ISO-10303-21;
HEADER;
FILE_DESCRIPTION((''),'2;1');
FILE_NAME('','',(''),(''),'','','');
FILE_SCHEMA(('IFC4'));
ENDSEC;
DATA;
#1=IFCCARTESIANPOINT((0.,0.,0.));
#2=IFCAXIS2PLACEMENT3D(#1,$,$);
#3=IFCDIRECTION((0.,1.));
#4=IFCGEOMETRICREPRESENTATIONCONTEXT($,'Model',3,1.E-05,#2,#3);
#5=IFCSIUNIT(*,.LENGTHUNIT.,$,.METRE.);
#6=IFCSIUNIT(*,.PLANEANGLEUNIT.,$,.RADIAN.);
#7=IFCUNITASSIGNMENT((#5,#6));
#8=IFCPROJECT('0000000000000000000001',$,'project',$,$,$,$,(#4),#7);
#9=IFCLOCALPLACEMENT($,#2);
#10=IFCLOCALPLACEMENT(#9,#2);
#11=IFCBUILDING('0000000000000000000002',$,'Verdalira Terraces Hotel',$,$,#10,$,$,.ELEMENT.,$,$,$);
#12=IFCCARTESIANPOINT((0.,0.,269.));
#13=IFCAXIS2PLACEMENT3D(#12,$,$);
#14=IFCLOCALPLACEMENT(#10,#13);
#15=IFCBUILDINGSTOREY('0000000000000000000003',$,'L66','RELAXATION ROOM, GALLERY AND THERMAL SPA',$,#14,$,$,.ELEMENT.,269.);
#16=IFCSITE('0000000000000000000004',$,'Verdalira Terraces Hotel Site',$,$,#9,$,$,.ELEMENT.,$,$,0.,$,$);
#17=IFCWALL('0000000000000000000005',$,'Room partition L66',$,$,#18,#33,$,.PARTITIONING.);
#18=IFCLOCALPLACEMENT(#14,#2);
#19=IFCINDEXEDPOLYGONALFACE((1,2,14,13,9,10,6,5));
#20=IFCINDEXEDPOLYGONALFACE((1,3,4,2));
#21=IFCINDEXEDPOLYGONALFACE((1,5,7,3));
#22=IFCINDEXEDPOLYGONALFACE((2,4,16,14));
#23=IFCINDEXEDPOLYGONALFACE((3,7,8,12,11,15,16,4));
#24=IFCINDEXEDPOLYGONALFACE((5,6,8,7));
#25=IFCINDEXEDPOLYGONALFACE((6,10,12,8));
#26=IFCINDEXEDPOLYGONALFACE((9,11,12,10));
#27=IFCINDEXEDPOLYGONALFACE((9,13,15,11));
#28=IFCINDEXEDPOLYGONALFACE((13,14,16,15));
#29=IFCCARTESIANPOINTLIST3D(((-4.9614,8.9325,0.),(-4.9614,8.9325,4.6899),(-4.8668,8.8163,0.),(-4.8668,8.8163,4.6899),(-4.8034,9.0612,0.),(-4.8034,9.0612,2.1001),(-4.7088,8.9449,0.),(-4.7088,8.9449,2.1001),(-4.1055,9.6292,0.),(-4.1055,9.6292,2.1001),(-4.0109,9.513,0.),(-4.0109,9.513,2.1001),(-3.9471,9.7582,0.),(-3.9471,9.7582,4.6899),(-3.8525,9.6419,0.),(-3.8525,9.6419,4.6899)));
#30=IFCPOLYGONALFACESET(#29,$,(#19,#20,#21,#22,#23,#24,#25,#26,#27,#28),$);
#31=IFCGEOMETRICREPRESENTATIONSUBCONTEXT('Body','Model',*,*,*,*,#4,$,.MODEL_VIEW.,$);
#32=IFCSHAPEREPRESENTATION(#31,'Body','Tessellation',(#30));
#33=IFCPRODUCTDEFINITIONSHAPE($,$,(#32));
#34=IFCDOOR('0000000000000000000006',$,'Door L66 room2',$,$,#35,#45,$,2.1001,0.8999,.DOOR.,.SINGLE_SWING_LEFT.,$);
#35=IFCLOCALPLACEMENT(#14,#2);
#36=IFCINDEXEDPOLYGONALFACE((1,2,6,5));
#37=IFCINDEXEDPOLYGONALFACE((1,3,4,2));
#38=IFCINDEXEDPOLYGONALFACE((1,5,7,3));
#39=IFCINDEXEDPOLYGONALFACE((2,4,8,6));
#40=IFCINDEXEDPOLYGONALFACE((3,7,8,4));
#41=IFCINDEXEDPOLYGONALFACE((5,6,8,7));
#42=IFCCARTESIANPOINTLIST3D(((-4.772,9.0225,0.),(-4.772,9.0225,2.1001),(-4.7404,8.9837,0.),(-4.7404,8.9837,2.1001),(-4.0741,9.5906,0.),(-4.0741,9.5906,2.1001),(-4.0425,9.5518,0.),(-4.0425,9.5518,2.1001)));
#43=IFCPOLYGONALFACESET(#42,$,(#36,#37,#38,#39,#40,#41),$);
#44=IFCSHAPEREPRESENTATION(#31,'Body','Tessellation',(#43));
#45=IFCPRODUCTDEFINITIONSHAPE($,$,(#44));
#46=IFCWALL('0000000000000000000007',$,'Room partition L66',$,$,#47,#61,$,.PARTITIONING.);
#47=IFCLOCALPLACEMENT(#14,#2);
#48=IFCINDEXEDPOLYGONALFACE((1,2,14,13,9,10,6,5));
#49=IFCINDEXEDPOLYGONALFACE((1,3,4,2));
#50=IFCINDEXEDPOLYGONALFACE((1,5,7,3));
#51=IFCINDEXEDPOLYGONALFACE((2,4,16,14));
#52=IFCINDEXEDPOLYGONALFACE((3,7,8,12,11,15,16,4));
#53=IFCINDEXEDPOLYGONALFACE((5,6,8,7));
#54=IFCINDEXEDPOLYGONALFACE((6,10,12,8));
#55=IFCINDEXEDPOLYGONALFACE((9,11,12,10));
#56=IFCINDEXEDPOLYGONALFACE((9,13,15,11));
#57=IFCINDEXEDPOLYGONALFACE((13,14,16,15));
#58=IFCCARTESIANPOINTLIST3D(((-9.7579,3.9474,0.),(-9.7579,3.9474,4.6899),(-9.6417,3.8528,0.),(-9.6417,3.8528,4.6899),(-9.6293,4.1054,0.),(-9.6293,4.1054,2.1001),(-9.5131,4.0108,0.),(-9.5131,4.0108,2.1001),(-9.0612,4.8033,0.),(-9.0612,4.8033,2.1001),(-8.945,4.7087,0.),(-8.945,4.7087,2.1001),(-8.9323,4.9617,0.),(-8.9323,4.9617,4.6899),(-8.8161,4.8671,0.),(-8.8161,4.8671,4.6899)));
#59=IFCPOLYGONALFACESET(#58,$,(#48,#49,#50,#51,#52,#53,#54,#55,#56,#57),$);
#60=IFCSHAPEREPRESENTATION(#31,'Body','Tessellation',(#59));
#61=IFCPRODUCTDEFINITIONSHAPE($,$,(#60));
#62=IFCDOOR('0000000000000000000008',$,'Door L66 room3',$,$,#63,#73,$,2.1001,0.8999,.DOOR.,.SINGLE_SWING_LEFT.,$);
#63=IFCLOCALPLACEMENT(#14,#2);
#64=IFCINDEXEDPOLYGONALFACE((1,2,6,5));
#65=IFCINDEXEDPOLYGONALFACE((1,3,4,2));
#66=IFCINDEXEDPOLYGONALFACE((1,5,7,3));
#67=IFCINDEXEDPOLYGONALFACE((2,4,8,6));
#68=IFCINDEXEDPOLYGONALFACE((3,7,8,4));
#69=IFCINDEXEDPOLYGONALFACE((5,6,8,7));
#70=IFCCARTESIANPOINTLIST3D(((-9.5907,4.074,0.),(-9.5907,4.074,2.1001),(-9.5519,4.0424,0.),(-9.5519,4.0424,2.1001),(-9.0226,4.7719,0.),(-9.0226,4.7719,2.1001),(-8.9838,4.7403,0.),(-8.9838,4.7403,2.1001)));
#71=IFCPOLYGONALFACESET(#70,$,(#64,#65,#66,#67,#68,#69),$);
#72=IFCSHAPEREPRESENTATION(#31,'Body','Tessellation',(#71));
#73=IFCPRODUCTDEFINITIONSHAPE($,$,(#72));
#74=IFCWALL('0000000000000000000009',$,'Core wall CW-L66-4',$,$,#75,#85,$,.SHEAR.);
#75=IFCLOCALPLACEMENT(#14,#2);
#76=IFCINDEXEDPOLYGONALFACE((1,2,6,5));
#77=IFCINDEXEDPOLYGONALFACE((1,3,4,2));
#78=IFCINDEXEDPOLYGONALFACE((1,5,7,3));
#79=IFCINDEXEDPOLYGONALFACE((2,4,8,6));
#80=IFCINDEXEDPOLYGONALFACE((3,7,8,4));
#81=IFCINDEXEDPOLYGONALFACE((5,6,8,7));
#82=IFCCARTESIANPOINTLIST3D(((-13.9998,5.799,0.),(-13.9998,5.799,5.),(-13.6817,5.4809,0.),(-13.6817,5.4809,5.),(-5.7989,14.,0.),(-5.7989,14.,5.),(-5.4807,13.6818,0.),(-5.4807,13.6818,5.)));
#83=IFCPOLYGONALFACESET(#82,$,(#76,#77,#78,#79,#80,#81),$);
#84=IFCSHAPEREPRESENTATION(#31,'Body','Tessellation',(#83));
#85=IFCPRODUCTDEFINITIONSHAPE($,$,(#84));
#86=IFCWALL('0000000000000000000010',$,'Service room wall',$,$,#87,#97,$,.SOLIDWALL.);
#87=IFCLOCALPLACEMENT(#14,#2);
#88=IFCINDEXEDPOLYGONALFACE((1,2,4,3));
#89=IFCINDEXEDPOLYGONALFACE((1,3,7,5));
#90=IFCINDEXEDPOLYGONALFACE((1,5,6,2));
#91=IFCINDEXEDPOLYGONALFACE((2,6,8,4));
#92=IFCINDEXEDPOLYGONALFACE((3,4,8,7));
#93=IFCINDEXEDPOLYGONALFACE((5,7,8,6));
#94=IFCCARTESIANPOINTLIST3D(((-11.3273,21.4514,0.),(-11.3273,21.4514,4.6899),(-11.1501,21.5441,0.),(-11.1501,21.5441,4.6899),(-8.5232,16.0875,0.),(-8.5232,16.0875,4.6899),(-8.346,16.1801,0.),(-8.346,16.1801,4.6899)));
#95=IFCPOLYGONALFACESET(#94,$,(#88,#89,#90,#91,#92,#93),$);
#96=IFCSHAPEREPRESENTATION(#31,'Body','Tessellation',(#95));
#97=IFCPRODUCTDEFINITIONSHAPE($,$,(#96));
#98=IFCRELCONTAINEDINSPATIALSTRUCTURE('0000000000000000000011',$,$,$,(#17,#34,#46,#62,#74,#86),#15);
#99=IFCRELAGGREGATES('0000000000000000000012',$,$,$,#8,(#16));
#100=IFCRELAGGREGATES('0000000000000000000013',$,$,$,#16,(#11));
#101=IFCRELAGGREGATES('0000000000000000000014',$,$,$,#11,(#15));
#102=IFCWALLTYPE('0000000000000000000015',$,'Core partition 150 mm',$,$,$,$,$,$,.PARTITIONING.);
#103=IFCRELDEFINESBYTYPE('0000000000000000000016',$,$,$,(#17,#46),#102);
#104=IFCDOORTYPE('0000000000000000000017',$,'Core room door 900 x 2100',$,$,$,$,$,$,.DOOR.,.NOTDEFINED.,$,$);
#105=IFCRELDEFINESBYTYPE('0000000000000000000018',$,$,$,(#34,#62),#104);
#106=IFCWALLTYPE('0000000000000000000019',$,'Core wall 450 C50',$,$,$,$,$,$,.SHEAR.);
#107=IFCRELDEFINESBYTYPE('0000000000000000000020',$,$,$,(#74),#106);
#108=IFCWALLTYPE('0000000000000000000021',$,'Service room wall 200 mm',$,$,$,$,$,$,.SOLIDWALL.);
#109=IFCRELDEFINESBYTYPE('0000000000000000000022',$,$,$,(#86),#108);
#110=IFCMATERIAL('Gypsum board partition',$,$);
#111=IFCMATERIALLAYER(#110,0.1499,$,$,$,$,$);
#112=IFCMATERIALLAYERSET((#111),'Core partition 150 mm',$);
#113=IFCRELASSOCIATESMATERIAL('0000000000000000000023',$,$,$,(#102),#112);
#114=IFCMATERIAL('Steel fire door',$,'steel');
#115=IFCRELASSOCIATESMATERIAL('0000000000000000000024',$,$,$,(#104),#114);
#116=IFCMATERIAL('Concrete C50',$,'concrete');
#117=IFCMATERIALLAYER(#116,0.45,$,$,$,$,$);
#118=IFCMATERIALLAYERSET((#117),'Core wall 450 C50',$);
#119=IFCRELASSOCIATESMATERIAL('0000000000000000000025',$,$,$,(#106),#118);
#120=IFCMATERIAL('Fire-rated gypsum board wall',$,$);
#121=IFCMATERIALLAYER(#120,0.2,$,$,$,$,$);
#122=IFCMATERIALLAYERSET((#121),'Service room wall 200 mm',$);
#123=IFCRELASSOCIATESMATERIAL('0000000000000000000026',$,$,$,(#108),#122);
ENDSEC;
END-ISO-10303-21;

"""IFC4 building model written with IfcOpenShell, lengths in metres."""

from ifc_helpers import new_model, si_unit, direction, frame, frame_2d, origin, place, context, subcontext, project, spatial, rectangle, extrude, material, layer, layer_set, type_object, element, fill, save


model = new_model("IFC4")

# Units and contexts
model_context = context("Model", 3, precision=1e-05, world=origin(), true_north=direction((0.0, 1.0)))
body_context = subcontext(model_context, "Body", "Model", "MODEL_VIEW")
ifc_project = project(units=[si_unit("LENGTHUNIT", "METRE"), si_unit("PLANEANGLEUNIT", "RADIAN")], contexts=[model_context])

# Site, building, storey
site_placement = place(None, origin())
site = spatial("IfcSite", under=ifc_project, at=site_placement, Name="Verdalira Terraces Hotel Site", CompositionType="ELEMENT", RefElevation=0.0)
building_placement = place(site_placement, origin())
building = spatial("IfcBuilding", under=site, at=building_placement, Name="Verdalira Terraces Hotel", CompositionType="ELEMENT")
storey_placement = place(building_placement, frame((0.0, 0.0, 269.0)))
storey = spatial("IfcBuildingStorey", under=building, at=storey_placement, Name="L66", Description="RELAXATION ROOM, GALLERY AND THERMAL SPA", CompositionType="ELEMENT", Elevation=269.0)

# Walls, openings, doors
ifc_material_1 = material(Name="Gypsum board partition")
ifc_layer_1 = layer(ifc_material_1, 0.1499)
ifc_layer_set_1 = layer_set([ifc_layer_1], Name="Core partition 150 mm")
wall_type_1 = type_object("IfcWallType", Name="Core partition 150 mm", PredefinedType="PARTITIONING", material=ifc_layer_set_1)
wall_1_placement = place(storey_placement, frame((-3.8999, 9.7, 0.0), z_axis=(0.0, 0.0, 1.0), x_axis=(-0.77556, -0.631274, 0.0)))
wall_1 = element("IfcWall", 1, at=wall_1_placement, inside=storey, type_object=wall_type_1, Name="Room partition L66", PredefinedType="PARTITIONING", context=body_context, shape_type="SweptSolid", body=[
    extrude(rectangle(XDim=1.3079, YDim=0.1499, at=frame_2d((0.6538, 0.0))), origin(), (0.0, 0.0, 1.0), 4.6899),
])
opening_1_placement = place(wall_1_placement, frame((0.2041, 0.0, 0.0)))
opening_1 = element("IfcOpeningElement", 2, at=opening_1_placement, cuts=wall_1, PredefinedType="OPENING", context=body_context, shape_type="SweptSolid", body=[
    extrude(rectangle(XDim=0.8999, YDim=2.1001, at=frame_2d((0.45, 1.05))), frame((0.0, 0.085, 0.0), z_axis=(0.0, -1.0, 0.0), x_axis=(1.0, 0.0, 0.0)), (0.0, 0.0, 1.0), 0.1699),
])
ifc_material_2 = material(Name="Steel fire door", Category="steel")
door_type_1 = type_object("IfcDoorType", Name="Core room door 900 x 2100", OperationType="NOTDEFINED", PredefinedType="DOOR", material=ifc_material_2)
door_1_placement = place(opening_1_placement, origin())
door_1 = element("IfcDoor", 3, at=door_1_placement, inside=storey, type_object=door_type_1, Name="Door L66 room2", OperationType="SINGLE_SWING_LEFT", OverallHeight=2.1001, OverallWidth=0.8999, PredefinedType="DOOR", context=body_context, shape_type="SweptSolid", body=[
    extrude(rectangle(XDim=0.8999, YDim=2.1001, at=frame_2d((0.45, 1.05))), frame((0.0, 0.0249, 0.0), z_axis=(0.0, -1.0, 0.0), x_axis=(1.0, 0.0, 0.0)), (0.0, 0.0, 1.0), 0.05),
])
fill(opening_1, door_1)
wall_2_placement = place(storey_placement, frame((-8.8743, 4.9143, 0.0), z_axis=(0.0, 0.0, 1.0), x_axis=(-0.631274, -0.77556, 0.0)))
wall_2 = element("IfcWall", 4, at=wall_2_placement, inside=storey, type_object=wall_type_1, Name="Room partition L66", PredefinedType="PARTITIONING", context=body_context, shape_type="SweptSolid", body=[
    extrude(rectangle(XDim=1.3079, YDim=0.1499, at=frame_2d((0.6538, 0.0))), origin(), (0.0, 0.0, 1.0), 4.6899),
])
opening_2_placement = place(wall_2_placement, frame((0.2041, 0.0, 0.0)))
opening_2 = element("IfcOpeningElement", 5, at=opening_2_placement, cuts=wall_2, PredefinedType="OPENING", context=body_context, shape_type="SweptSolid", body=[
    extrude(rectangle(XDim=0.8999, YDim=2.1001, at=frame_2d((0.45, 1.05))), frame((0.0, 0.085, 0.0), z_axis=(0.0, -1.0, 0.0), x_axis=(1.0, 0.0, 0.0)), (0.0, 0.0, 1.0), 0.1699),
])
door_2_placement = place(opening_2_placement, origin())
door_2 = element("IfcDoor", 6, at=door_2_placement, inside=storey, type_object=door_type_1, Name="Door L66 room3", OperationType="SINGLE_SWING_LEFT", OverallHeight=2.1001, OverallWidth=0.8999, PredefinedType="DOOR", context=body_context, shape_type="SweptSolid", body=[
    extrude(rectangle(XDim=0.8999, YDim=2.1001, at=frame_2d((0.45, 1.05))), frame((0.0, 0.0249, 0.0), z_axis=(0.0, -1.0, 0.0), x_axis=(1.0, 0.0, 0.0)), (0.0, 0.0, 1.0), 0.05),
])
fill(opening_2, door_2)

# Walls
ifc_material_3 = material(Name="Concrete C50", Category="concrete")
ifc_layer_2 = layer(ifc_material_3, 0.45)
ifc_layer_set_2 = layer_set([ifc_layer_2], Name="Core wall 450 C50")
wall_type_2 = type_object("IfcWallType", Name="Core wall 450 C50", PredefinedType="SHEAR", material=ifc_layer_set_2)
wall_3_placement = place(storey_placement, frame((-5.6399, 13.8408, 0.0), z_axis=(0.0, 0.0, 1.0), x_axis=(-0.707107, -0.707107, 0.0)))
element("IfcWall", 7, at=wall_3_placement, inside=storey, type_object=wall_type_2, Name="Core wall CW-L66-4", PredefinedType="SHEAR", context=body_context, shape_type="SweptSolid", body=[
    extrude(rectangle(XDim=11.5979, YDim=0.45, at=frame_2d((5.7988, 0.0))), origin(), (0.0, 0.0, 1.0), 5.0),
])
ifc_material_4 = material(Name="Fire-rated gypsum board wall")
ifc_layer_3 = layer(ifc_material_4, 0.2)
ifc_layer_set_3 = layer_set([ifc_layer_3], Name="Service room wall 200 mm")
wall_type_3 = type_object("IfcWallType", Name="Service room wall 200 mm", PredefinedType="SOLIDWALL", material=ifc_layer_set_3)
wall_4_placement = place(storey_placement, frame((-8.4346, 16.1338, 0.0), z_axis=(0.0, 0.0, 1.0), x_axis=(-0.463291, 0.886206, 0.0)))
element("IfcWall", 8, at=wall_4_placement, inside=storey, type_object=wall_type_3, Name="Service room wall", PredefinedType="SOLIDWALL", context=body_context, shape_type="SweptSolid", body=[
    extrude(rectangle(XDim=6.0527, YDim=0.2, at=frame_2d((3.0264, 0.0))), origin(), (0.0, 0.0, 1.0), 4.6899),
])

save(model, "model.ifc")
